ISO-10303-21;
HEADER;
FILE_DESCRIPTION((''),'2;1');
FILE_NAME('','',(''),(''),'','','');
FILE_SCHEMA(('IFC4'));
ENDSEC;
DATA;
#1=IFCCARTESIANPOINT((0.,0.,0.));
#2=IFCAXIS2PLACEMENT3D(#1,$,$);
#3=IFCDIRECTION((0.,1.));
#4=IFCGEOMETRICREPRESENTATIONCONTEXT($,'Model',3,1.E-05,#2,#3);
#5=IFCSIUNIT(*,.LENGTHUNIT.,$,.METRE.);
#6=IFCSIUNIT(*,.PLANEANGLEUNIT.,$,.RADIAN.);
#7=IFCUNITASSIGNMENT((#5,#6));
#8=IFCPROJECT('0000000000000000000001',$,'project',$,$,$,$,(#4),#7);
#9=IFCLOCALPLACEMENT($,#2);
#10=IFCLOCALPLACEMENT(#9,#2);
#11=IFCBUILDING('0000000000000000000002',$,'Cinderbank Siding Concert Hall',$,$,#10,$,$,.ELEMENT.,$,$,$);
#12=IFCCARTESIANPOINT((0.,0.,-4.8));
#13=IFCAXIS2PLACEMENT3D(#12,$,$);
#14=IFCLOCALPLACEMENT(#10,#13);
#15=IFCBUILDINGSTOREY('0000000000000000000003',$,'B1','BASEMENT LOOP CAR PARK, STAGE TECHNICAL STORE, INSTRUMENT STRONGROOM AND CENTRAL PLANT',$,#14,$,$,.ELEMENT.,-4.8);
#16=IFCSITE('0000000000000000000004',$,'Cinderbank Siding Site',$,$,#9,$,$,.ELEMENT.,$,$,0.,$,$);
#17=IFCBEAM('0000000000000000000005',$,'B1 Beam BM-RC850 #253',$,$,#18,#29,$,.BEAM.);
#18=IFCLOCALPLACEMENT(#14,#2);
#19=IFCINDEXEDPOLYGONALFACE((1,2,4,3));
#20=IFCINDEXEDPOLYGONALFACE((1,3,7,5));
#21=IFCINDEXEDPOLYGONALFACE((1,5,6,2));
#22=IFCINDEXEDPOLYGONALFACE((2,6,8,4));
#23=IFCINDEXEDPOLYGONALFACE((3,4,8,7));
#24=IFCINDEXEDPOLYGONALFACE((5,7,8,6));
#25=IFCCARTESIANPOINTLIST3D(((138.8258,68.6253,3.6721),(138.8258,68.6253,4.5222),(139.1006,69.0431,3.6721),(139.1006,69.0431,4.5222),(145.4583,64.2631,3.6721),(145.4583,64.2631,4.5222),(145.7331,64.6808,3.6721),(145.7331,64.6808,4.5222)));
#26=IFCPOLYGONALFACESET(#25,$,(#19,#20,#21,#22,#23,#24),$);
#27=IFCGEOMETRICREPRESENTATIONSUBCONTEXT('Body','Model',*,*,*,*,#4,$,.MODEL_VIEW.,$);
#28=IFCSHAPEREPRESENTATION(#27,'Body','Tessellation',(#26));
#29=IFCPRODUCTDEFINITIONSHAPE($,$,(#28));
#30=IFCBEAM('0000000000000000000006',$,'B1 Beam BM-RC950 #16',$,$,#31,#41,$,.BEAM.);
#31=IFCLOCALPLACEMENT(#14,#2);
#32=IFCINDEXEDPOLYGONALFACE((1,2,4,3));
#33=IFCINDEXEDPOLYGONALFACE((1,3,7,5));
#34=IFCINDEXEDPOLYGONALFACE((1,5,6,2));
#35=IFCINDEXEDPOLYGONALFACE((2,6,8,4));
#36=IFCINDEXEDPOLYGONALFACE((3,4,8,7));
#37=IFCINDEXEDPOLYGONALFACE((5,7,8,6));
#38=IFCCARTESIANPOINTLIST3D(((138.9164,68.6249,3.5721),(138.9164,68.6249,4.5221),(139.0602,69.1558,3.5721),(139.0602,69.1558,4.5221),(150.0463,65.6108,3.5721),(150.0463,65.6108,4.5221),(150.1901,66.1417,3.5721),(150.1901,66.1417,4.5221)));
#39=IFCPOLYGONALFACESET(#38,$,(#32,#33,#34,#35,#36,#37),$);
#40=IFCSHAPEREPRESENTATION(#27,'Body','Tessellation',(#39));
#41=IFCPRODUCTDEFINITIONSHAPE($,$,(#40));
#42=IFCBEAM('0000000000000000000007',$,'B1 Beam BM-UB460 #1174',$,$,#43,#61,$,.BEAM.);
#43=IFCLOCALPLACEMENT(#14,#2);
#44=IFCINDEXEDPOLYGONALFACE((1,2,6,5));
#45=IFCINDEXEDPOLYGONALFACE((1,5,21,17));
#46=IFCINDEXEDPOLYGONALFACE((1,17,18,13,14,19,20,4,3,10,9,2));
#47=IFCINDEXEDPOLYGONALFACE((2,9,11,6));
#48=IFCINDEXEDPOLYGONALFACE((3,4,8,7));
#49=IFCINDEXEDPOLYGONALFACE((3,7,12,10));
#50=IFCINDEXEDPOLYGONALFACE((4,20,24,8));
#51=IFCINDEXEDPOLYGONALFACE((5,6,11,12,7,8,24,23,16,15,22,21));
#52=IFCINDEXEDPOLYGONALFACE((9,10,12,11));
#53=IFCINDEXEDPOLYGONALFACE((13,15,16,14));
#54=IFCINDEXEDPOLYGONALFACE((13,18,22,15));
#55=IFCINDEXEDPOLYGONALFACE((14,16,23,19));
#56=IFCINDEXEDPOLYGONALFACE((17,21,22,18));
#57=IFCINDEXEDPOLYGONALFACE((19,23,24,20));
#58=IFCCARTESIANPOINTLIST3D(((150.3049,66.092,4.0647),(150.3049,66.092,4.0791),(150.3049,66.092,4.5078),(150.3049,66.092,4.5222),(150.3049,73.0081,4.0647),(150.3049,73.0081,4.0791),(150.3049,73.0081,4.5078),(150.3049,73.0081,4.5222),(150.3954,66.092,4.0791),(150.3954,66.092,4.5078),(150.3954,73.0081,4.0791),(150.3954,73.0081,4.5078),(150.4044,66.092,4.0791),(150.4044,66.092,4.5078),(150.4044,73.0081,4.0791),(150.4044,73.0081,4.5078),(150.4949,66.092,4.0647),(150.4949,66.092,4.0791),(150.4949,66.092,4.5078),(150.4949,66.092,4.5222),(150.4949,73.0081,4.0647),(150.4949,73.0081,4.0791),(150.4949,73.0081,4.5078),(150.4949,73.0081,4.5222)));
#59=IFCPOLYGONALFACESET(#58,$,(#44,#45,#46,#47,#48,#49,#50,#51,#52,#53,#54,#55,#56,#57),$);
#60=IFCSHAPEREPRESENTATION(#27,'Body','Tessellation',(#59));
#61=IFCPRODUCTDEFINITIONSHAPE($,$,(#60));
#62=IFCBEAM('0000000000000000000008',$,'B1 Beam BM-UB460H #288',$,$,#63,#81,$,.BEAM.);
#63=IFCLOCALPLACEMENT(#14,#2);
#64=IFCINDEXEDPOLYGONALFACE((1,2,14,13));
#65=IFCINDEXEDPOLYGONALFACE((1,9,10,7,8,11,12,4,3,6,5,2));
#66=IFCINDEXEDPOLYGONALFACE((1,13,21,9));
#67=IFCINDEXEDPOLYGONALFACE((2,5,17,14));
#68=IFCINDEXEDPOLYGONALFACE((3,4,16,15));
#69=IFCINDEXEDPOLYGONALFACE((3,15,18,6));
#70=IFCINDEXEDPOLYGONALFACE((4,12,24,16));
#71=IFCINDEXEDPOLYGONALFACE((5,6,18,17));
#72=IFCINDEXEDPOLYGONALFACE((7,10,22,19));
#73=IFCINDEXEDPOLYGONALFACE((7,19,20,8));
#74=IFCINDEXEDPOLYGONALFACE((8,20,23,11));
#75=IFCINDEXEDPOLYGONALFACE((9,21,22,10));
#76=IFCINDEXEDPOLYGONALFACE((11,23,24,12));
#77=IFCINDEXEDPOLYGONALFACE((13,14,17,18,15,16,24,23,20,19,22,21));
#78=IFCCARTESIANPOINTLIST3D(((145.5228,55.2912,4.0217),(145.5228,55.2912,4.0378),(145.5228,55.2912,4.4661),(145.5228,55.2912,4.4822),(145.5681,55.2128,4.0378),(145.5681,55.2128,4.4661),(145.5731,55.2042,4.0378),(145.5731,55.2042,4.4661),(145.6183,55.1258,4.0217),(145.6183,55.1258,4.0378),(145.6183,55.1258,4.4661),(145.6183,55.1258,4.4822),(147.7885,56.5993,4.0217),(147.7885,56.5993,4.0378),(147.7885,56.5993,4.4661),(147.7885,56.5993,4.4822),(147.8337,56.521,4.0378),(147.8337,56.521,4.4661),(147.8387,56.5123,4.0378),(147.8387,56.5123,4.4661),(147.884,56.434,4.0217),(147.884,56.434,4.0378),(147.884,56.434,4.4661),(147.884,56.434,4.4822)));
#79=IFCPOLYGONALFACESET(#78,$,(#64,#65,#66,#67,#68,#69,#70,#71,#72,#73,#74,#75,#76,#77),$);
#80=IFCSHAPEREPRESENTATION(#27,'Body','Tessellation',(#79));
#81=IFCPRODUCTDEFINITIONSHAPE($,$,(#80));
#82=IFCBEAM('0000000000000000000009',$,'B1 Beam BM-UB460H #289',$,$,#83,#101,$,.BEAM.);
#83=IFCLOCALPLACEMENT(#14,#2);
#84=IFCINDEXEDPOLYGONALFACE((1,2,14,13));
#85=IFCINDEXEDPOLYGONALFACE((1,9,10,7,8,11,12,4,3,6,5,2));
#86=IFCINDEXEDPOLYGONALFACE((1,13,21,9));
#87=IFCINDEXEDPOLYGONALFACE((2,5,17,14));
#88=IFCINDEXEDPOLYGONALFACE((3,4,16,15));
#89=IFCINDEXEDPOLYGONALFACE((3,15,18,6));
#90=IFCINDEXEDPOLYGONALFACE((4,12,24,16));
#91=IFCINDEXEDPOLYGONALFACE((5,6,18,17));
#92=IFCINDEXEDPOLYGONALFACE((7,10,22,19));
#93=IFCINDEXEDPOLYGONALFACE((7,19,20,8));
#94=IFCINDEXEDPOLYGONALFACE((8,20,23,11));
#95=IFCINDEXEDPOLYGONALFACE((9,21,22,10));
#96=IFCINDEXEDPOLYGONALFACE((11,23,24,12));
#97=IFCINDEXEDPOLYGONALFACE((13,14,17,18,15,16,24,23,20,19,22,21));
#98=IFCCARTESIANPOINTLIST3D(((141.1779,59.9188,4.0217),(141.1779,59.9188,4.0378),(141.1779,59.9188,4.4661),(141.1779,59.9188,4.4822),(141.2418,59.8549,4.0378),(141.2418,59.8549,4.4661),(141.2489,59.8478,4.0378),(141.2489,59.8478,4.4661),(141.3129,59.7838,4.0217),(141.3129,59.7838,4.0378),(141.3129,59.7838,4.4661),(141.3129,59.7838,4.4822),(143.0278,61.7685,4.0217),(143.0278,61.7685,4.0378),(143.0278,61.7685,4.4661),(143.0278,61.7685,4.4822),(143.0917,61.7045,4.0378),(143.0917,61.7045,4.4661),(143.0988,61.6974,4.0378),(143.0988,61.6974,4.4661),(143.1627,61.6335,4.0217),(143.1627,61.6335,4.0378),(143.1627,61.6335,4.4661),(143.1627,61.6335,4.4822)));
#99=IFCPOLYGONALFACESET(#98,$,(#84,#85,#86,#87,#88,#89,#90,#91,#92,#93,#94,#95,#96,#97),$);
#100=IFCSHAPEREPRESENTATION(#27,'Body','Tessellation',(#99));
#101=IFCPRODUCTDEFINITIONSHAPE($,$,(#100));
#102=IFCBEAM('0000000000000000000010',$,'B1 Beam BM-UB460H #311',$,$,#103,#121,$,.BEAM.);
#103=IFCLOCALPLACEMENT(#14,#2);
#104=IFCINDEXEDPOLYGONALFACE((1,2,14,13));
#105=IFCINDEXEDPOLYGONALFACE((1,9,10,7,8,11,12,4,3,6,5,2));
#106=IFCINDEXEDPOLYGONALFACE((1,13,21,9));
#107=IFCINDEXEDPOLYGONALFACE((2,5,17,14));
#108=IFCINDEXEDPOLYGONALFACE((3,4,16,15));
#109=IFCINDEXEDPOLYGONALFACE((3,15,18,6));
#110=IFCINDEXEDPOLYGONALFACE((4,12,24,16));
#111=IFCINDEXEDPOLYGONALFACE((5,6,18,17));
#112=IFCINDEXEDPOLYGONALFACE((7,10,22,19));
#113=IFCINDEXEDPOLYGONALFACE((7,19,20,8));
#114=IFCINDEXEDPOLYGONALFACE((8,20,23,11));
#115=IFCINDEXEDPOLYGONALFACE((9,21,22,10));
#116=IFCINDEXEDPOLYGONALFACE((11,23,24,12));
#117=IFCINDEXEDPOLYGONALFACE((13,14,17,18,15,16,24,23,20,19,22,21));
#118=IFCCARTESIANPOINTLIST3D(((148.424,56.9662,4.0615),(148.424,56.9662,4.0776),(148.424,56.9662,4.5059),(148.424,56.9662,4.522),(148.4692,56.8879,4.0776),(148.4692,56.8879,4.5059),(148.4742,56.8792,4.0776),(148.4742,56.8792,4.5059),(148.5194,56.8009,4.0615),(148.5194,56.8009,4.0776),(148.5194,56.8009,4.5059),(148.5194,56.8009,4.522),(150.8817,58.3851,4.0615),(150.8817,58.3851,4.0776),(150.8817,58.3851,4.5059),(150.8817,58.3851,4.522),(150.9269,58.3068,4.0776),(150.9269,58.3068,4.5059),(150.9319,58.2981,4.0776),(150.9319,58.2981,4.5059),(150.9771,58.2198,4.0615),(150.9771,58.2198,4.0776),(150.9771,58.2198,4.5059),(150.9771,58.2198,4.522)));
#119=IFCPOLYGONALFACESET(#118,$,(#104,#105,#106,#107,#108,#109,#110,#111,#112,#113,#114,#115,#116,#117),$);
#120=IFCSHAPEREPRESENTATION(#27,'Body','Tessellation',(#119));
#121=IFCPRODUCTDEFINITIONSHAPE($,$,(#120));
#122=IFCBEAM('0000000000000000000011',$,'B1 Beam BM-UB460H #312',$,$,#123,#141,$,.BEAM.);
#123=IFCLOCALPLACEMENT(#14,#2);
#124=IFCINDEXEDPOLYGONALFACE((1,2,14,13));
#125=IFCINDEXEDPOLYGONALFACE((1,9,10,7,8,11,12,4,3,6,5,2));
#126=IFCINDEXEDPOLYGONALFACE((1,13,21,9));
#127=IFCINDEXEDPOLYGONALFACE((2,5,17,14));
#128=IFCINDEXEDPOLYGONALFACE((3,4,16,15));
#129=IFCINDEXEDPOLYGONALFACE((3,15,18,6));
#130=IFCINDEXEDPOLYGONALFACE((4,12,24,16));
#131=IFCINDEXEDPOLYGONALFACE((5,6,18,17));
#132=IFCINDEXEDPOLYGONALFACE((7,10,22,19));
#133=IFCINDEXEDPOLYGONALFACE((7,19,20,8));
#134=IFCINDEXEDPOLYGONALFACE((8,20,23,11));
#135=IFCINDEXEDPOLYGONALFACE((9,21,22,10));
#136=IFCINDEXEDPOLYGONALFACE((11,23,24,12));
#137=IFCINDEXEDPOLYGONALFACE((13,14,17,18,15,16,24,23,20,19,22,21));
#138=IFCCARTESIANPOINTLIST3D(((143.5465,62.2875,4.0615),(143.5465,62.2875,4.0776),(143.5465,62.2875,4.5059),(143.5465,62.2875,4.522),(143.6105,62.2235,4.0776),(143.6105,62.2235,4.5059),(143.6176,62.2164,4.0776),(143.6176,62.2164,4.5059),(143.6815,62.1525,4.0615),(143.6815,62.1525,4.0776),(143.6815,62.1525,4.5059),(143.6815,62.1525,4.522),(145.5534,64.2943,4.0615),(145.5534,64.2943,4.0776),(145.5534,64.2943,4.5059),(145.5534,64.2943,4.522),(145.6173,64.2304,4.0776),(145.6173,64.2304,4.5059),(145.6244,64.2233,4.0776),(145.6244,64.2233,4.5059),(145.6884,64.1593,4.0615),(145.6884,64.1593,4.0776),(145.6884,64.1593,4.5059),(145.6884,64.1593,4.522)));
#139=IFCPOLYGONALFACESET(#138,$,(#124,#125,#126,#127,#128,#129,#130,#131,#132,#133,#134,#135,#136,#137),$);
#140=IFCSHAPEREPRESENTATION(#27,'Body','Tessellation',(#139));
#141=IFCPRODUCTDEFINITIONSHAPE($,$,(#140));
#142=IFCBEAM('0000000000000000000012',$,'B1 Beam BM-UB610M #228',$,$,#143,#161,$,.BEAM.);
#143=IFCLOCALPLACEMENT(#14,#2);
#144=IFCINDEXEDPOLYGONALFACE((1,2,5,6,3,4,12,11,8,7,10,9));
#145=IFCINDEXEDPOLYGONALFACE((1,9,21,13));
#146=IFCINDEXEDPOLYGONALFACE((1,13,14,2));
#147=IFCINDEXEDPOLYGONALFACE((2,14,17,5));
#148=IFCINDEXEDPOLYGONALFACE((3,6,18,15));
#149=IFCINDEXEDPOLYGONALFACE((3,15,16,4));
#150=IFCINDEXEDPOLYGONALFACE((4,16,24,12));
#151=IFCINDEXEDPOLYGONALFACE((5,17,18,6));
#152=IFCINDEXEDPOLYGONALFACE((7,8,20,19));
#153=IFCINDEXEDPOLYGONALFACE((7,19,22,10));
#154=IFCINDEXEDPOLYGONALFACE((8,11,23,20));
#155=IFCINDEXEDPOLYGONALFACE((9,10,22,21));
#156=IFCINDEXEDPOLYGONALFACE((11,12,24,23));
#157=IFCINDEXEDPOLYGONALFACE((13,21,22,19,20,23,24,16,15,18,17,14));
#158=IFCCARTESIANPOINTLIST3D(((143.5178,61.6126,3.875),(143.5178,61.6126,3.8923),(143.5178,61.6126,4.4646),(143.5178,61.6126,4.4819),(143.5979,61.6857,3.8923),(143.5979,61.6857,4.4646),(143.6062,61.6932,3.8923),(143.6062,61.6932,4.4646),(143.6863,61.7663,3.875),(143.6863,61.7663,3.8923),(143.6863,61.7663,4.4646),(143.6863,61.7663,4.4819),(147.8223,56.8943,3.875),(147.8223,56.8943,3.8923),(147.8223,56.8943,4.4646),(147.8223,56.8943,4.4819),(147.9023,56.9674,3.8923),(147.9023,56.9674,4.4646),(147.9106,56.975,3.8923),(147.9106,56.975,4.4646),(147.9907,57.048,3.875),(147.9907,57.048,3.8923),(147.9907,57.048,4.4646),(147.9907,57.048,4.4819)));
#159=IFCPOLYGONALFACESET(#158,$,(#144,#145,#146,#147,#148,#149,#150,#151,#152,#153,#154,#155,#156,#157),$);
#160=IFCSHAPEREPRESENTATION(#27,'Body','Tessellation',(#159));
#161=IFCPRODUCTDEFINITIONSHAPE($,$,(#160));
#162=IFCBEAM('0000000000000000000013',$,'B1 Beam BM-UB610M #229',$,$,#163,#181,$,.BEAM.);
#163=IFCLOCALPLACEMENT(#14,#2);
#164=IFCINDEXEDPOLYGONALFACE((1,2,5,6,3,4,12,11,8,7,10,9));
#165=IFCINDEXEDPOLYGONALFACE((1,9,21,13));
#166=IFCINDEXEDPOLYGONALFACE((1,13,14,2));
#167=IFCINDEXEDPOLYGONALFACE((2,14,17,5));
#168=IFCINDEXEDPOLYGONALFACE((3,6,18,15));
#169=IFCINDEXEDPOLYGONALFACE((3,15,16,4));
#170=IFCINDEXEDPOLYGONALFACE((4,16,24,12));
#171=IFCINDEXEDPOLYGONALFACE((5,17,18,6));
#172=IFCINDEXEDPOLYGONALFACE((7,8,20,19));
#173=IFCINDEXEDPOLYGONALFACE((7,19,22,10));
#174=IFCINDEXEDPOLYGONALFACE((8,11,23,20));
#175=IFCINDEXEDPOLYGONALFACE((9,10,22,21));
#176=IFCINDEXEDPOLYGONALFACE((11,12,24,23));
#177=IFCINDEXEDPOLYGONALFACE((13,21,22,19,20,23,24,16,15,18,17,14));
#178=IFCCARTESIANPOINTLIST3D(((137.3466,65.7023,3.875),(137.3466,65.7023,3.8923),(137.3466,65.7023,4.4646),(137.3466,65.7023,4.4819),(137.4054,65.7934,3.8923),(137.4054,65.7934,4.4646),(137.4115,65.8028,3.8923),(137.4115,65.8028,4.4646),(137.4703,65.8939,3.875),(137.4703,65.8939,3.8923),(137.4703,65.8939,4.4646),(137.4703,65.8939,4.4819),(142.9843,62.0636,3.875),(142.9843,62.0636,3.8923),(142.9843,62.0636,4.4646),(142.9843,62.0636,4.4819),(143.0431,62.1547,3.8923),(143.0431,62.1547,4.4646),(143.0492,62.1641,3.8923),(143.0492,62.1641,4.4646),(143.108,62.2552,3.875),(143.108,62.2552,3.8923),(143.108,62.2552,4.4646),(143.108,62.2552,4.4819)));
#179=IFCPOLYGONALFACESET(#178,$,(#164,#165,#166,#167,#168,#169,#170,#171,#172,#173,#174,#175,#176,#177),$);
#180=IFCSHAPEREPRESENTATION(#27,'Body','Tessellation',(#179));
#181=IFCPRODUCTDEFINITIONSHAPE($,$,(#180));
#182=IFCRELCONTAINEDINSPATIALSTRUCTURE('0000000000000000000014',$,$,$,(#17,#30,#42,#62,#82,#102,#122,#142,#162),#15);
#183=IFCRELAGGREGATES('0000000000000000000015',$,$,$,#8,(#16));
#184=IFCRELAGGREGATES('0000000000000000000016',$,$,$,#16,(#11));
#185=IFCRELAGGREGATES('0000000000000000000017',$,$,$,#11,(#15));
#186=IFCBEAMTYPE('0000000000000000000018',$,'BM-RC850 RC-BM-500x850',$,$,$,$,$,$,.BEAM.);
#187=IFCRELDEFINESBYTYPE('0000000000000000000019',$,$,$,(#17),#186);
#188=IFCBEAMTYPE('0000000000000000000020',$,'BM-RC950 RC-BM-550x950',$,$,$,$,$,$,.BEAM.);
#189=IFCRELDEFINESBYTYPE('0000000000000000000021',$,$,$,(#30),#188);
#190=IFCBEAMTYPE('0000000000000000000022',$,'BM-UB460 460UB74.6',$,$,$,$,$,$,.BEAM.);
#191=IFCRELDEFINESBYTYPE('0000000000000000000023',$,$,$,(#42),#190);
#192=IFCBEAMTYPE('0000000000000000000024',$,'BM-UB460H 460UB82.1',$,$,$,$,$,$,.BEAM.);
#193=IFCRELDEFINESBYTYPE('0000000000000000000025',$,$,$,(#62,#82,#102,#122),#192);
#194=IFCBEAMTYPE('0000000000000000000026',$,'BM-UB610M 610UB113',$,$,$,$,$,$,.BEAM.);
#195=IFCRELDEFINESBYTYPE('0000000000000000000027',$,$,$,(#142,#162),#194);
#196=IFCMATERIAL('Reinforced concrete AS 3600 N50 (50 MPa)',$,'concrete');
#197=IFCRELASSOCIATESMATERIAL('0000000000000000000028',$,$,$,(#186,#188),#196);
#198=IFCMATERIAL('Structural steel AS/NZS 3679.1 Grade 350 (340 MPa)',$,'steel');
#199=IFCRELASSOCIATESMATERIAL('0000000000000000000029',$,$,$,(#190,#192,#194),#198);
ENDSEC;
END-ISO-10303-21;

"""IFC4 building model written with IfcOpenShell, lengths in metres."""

from ifc_helpers import new_model, si_unit, direction, frame, origin, origin_2d, place, context, subcontext, project, spatial, rectangle, i_section, extrude, material, material_profile, profile_set, type_object, element, save


model = new_model("IFC4")

# Units and contexts
model_context = context("Model", 3, precision=1e-05, world=origin(), true_north=direction((0.0, 1.0)))
body_context = subcontext(model_context, "Body", "Model", "MODEL_VIEW")
ifc_project = project(units=[si_unit("LENGTHUNIT", "METRE"), si_unit("PLANEANGLEUNIT", "RADIAN")], contexts=[model_context])

# Site, building, storey
site_placement = place(None, origin())
site = spatial("IfcSite", under=ifc_project, at=site_placement, Name="Cinderbank Siding Site", CompositionType="ELEMENT", RefElevation=0.0)
building_placement = place(site_placement, origin())
building = spatial("IfcBuilding", under=site, at=building_placement, Name="Cinderbank Siding Concert Hall", CompositionType="ELEMENT")
storey_placement = place(building_placement, frame((0.0, 0.0, -4.8)))
storey = spatial("IfcBuildingStorey", under=building, at=storey_placement, Name="B1", Description="BASEMENT LOOP CAR PARK, STAGE TECHNICAL STORE, INSTRUMENT STRONGROOM AND CENTRAL PLANT", CompositionType="ELEMENT", Elevation=-4.8)

# Shared definitions
ifc_material_1 = material(Name="Reinforced concrete AS 3600 N50 (50 MPa)", Category="concrete")

# Beams
ifc_material_profile_1 = material_profile(ifc_material_1, rectangle(XDim=0.5, YDim=0.8501, at=origin_2d()), Name="RC-BM-500x850", Category="LoadBearing")
ifc_profile_set_1 = profile_set([ifc_material_profile_1], Name="Reinforced concrete AS 3600 N50 (50 MPa)")
beam_type_1 = type_object("IfcBeamType", Name="BM-RC850 RC-BM-500x850", PredefinedType="BEAM", material=ifc_profile_set_1)
beam_1_placement = place(storey_placement, frame((145.5957, 64.4719, 4.0972), z_axis=(-0.835488, 0.549509, 0.0), x_axis=(-0.549509, -0.835488, 0.0)))
element("IfcBeam", 1, at=beam_1_placement, inside=storey, type_object=beam_type_1, Name="B1 Beam BM-RC850 #253", PredefinedType="BEAM", context=body_context, shape_type="SweptSolid", body=[
    extrude(rectangle(XDim=0.5, YDim=0.8501, at=origin_2d()), origin(), (0.0, 0.0, 1.0), 7.9385),
])
ifc_material_profile_2 = material_profile(ifc_material_1, rectangle(XDim=0.55, YDim=0.95, at=origin_2d()), Name="RC-BM-550x950", Category="LoadBearing")
ifc_profile_set_2 = profile_set([ifc_material_profile_2], Name="Reinforced concrete AS 3600 N50 (50 MPa)")
beam_type_2 = type_object("IfcBeamType", Name="BM-RC950 RC-BM-550x950", PredefinedType="BEAM", material=ifc_profile_set_2)
beam_2_placement = place(storey_placement, frame((150.1182, 65.8762, 4.0471), z_axis=(-0.96523, 0.261401, 0.0), x_axis=(-0.261401, -0.96523, 0.0)))
element("IfcBeam", 2, at=beam_2_placement, inside=storey, type_object=beam_type_2, Name="B1 Beam BM-RC950 #16", PredefinedType="BEAM", context=body_context, shape_type="SweptSolid", body=[
    extrude(rectangle(XDim=0.55, YDim=0.95, at=origin_2d()), origin(), (0.0, 0.0, 1.0), 11.5308),
])
ifc_material_2 = material(Name="Structural steel AS/NZS 3679.1 Grade 350 (340 MPa)", Category="steel")
ifc_material_profile_3 = material_profile(ifc_material_2, i_section(OverallWidth=0.1899, OverallDepth=0.4575, WebThickness=0.009, FlangeThickness=0.0144, at=origin_2d()), Name="460UB74.6", Category="LoadBearing")
ifc_profile_set_3 = profile_set([ifc_material_profile_3], Name="Structural steel AS/NZS 3679.1 Grade 350 (340 MPa)")
beam_type_3 = type_object("IfcBeamType", Name="BM-UB460 460UB74.6", PredefinedType="BEAM", material=ifc_profile_set_3)
beam_3_placement = place(storey_placement, frame((150.3999, 66.092, 4.2935), z_axis=(0.0, 1.0, 0.0), x_axis=(-1.0, 0.0, 0.0)))
element("IfcBeam", 3, at=beam_3_placement, inside=storey, type_object=beam_type_3, Name="B1 Beam BM-UB460 #1174", PredefinedType="BEAM", context=body_context, shape_type="SweptSolid", body=[
    extrude(i_section(OverallWidth=0.1899, OverallDepth=0.4575, WebThickness=0.009, FlangeThickness=0.0144, at=origin_2d()), origin(), (0.0, 0.0, 1.0), 6.916),
])
ifc_material_profile_4 = material_profile(ifc_material_2, i_section(OverallWidth=0.1909, OverallDepth=0.4604, WebThickness=0.01, FlangeThickness=0.0161, at=origin_2d()), Name="460UB82.1", Category="LoadBearing")
ifc_profile_set_4 = profile_set([ifc_material_profile_4], Name="Structural steel AS/NZS 3679.1 Grade 350 (340 MPa)")
beam_type_4 = type_object("IfcBeamType", Name="BM-UB460H 460UB82.1", PredefinedType="BEAM", material=ifc_profile_set_4)
beam_4_placement = place(storey_placement, frame((145.5706, 55.2085, 4.252), z_axis=(0.866018, 0.500013, 0.0), x_axis=(-0.500013, 0.866018, 0.0)))
element("IfcBeam", 4, at=beam_4_placement, inside=storey, type_object=beam_type_4, Name="B1 Beam BM-UB460H #288", PredefinedType="BEAM", context=body_context, shape_type="SweptSolid", body=[
    extrude(i_section(OverallWidth=0.1909, OverallDepth=0.4604, WebThickness=0.01, FlangeThickness=0.0161, at=origin_2d()), origin(), (0.0, 0.0, 1.0), 2.6162),
])
beam_5_placement = place(storey_placement, frame((141.2454, 59.8513, 4.252), z_axis=(0.707153, 0.70706, 0.0), x_axis=(-0.70706, 0.707153, 0.0)))
element("IfcBeam", 5, at=beam_5_placement, inside=storey, type_object=beam_type_4, Name="B1 Beam BM-UB460H #289", PredefinedType="BEAM", context=body_context, shape_type="SweptSolid", body=[
    extrude(i_section(OverallWidth=0.1909, OverallDepth=0.4604, WebThickness=0.01, FlangeThickness=0.0161, at=origin_2d()), origin(), (0.0, 0.0, 1.0), 2.616),
])
beam_6_placement = place(storey_placement, frame((148.4717, 56.8835, 4.2917), z_axis=(0.866032, 0.499988, 0.0), x_axis=(-0.499988, 0.866032, 0.0)))
element("IfcBeam", 6, at=beam_6_placement, inside=storey, type_object=beam_type_4, Name="B1 Beam BM-UB460H #311", PredefinedType="BEAM", context=body_context, shape_type="SweptSolid", body=[
    extrude(i_section(OverallWidth=0.1909, OverallDepth=0.4604, WebThickness=0.01, FlangeThickness=0.0161, at=origin_2d()), origin(), (0.0, 0.0, 1.0), 2.8379),
])
beam_7_placement = place(storey_placement, frame((143.614, 62.22, 4.2917), z_axis=(0.707107, 0.707107, 0.0), x_axis=(-0.707107, 0.707107, 0.0)))
element("IfcBeam", 7, at=beam_7_placement, inside=storey, type_object=beam_type_4, Name="B1 Beam BM-UB460H #312", PredefinedType="BEAM", context=body_context, shape_type="SweptSolid", body=[
    extrude(i_section(OverallWidth=0.1909, OverallDepth=0.4604, WebThickness=0.01, FlangeThickness=0.0161, at=origin_2d()), origin(), (0.0, 0.0, 1.0), 2.8381),
])
ifc_material_profile_5 = material_profile(ifc_material_2, i_section(OverallWidth=0.228, OverallDepth=0.6069, WebThickness=0.0112, FlangeThickness=0.0173, at=origin_2d()), Name="610UB113", Category="LoadBearing")
ifc_profile_set_5 = profile_set([ifc_material_profile_5], Name="Structural steel AS/NZS 3679.1 Grade 350 (340 MPa)")
beam_type_5 = type_object("IfcBeamType", Name="BM-UB610M 610UB113", PredefinedType="BEAM", material=ifc_profile_set_5)
beam_8_placement = place(storey_placement, frame((147.9065, 56.9712, 4.1785), z_axis=(-0.673967, 0.738761, 0.0), x_axis=(-0.738761, -0.673967, 0.0)))
element("IfcBeam", 8, at=beam_8_placement, inside=storey, type_object=beam_type_5, Name="B1 Beam BM-UB610M #228", PredefinedType="BEAM", context=body_context, shape_type="SweptSolid", body=[
    extrude(i_section(OverallWidth=0.228, OverallDepth=0.6069, WebThickness=0.0112, FlangeThickness=0.0173, at=origin_2d()), origin(), (0.0, 0.0, 1.0), 6.3867),
])
beam_9_placement = place(storey_placement, frame((143.0461, 62.1594, 4.1785), z_axis=(-0.840198, 0.542279, 0.0), x_axis=(-0.542279, -0.840198, 0.0)))
element("IfcBeam", 9, at=beam_9_placement, inside=storey, type_object=beam_type_5, Name="B1 Beam BM-UB610M #229", PredefinedType="BEAM", context=body_context, shape_type="SweptSolid", body=[
    extrude(i_section(OverallWidth=0.228, OverallDepth=0.6069, WebThickness=0.0112, FlangeThickness=0.0173, at=origin_2d()), origin(), (0.0, 0.0, 1.0), 6.71),
])

save(model, "model.ifc")
